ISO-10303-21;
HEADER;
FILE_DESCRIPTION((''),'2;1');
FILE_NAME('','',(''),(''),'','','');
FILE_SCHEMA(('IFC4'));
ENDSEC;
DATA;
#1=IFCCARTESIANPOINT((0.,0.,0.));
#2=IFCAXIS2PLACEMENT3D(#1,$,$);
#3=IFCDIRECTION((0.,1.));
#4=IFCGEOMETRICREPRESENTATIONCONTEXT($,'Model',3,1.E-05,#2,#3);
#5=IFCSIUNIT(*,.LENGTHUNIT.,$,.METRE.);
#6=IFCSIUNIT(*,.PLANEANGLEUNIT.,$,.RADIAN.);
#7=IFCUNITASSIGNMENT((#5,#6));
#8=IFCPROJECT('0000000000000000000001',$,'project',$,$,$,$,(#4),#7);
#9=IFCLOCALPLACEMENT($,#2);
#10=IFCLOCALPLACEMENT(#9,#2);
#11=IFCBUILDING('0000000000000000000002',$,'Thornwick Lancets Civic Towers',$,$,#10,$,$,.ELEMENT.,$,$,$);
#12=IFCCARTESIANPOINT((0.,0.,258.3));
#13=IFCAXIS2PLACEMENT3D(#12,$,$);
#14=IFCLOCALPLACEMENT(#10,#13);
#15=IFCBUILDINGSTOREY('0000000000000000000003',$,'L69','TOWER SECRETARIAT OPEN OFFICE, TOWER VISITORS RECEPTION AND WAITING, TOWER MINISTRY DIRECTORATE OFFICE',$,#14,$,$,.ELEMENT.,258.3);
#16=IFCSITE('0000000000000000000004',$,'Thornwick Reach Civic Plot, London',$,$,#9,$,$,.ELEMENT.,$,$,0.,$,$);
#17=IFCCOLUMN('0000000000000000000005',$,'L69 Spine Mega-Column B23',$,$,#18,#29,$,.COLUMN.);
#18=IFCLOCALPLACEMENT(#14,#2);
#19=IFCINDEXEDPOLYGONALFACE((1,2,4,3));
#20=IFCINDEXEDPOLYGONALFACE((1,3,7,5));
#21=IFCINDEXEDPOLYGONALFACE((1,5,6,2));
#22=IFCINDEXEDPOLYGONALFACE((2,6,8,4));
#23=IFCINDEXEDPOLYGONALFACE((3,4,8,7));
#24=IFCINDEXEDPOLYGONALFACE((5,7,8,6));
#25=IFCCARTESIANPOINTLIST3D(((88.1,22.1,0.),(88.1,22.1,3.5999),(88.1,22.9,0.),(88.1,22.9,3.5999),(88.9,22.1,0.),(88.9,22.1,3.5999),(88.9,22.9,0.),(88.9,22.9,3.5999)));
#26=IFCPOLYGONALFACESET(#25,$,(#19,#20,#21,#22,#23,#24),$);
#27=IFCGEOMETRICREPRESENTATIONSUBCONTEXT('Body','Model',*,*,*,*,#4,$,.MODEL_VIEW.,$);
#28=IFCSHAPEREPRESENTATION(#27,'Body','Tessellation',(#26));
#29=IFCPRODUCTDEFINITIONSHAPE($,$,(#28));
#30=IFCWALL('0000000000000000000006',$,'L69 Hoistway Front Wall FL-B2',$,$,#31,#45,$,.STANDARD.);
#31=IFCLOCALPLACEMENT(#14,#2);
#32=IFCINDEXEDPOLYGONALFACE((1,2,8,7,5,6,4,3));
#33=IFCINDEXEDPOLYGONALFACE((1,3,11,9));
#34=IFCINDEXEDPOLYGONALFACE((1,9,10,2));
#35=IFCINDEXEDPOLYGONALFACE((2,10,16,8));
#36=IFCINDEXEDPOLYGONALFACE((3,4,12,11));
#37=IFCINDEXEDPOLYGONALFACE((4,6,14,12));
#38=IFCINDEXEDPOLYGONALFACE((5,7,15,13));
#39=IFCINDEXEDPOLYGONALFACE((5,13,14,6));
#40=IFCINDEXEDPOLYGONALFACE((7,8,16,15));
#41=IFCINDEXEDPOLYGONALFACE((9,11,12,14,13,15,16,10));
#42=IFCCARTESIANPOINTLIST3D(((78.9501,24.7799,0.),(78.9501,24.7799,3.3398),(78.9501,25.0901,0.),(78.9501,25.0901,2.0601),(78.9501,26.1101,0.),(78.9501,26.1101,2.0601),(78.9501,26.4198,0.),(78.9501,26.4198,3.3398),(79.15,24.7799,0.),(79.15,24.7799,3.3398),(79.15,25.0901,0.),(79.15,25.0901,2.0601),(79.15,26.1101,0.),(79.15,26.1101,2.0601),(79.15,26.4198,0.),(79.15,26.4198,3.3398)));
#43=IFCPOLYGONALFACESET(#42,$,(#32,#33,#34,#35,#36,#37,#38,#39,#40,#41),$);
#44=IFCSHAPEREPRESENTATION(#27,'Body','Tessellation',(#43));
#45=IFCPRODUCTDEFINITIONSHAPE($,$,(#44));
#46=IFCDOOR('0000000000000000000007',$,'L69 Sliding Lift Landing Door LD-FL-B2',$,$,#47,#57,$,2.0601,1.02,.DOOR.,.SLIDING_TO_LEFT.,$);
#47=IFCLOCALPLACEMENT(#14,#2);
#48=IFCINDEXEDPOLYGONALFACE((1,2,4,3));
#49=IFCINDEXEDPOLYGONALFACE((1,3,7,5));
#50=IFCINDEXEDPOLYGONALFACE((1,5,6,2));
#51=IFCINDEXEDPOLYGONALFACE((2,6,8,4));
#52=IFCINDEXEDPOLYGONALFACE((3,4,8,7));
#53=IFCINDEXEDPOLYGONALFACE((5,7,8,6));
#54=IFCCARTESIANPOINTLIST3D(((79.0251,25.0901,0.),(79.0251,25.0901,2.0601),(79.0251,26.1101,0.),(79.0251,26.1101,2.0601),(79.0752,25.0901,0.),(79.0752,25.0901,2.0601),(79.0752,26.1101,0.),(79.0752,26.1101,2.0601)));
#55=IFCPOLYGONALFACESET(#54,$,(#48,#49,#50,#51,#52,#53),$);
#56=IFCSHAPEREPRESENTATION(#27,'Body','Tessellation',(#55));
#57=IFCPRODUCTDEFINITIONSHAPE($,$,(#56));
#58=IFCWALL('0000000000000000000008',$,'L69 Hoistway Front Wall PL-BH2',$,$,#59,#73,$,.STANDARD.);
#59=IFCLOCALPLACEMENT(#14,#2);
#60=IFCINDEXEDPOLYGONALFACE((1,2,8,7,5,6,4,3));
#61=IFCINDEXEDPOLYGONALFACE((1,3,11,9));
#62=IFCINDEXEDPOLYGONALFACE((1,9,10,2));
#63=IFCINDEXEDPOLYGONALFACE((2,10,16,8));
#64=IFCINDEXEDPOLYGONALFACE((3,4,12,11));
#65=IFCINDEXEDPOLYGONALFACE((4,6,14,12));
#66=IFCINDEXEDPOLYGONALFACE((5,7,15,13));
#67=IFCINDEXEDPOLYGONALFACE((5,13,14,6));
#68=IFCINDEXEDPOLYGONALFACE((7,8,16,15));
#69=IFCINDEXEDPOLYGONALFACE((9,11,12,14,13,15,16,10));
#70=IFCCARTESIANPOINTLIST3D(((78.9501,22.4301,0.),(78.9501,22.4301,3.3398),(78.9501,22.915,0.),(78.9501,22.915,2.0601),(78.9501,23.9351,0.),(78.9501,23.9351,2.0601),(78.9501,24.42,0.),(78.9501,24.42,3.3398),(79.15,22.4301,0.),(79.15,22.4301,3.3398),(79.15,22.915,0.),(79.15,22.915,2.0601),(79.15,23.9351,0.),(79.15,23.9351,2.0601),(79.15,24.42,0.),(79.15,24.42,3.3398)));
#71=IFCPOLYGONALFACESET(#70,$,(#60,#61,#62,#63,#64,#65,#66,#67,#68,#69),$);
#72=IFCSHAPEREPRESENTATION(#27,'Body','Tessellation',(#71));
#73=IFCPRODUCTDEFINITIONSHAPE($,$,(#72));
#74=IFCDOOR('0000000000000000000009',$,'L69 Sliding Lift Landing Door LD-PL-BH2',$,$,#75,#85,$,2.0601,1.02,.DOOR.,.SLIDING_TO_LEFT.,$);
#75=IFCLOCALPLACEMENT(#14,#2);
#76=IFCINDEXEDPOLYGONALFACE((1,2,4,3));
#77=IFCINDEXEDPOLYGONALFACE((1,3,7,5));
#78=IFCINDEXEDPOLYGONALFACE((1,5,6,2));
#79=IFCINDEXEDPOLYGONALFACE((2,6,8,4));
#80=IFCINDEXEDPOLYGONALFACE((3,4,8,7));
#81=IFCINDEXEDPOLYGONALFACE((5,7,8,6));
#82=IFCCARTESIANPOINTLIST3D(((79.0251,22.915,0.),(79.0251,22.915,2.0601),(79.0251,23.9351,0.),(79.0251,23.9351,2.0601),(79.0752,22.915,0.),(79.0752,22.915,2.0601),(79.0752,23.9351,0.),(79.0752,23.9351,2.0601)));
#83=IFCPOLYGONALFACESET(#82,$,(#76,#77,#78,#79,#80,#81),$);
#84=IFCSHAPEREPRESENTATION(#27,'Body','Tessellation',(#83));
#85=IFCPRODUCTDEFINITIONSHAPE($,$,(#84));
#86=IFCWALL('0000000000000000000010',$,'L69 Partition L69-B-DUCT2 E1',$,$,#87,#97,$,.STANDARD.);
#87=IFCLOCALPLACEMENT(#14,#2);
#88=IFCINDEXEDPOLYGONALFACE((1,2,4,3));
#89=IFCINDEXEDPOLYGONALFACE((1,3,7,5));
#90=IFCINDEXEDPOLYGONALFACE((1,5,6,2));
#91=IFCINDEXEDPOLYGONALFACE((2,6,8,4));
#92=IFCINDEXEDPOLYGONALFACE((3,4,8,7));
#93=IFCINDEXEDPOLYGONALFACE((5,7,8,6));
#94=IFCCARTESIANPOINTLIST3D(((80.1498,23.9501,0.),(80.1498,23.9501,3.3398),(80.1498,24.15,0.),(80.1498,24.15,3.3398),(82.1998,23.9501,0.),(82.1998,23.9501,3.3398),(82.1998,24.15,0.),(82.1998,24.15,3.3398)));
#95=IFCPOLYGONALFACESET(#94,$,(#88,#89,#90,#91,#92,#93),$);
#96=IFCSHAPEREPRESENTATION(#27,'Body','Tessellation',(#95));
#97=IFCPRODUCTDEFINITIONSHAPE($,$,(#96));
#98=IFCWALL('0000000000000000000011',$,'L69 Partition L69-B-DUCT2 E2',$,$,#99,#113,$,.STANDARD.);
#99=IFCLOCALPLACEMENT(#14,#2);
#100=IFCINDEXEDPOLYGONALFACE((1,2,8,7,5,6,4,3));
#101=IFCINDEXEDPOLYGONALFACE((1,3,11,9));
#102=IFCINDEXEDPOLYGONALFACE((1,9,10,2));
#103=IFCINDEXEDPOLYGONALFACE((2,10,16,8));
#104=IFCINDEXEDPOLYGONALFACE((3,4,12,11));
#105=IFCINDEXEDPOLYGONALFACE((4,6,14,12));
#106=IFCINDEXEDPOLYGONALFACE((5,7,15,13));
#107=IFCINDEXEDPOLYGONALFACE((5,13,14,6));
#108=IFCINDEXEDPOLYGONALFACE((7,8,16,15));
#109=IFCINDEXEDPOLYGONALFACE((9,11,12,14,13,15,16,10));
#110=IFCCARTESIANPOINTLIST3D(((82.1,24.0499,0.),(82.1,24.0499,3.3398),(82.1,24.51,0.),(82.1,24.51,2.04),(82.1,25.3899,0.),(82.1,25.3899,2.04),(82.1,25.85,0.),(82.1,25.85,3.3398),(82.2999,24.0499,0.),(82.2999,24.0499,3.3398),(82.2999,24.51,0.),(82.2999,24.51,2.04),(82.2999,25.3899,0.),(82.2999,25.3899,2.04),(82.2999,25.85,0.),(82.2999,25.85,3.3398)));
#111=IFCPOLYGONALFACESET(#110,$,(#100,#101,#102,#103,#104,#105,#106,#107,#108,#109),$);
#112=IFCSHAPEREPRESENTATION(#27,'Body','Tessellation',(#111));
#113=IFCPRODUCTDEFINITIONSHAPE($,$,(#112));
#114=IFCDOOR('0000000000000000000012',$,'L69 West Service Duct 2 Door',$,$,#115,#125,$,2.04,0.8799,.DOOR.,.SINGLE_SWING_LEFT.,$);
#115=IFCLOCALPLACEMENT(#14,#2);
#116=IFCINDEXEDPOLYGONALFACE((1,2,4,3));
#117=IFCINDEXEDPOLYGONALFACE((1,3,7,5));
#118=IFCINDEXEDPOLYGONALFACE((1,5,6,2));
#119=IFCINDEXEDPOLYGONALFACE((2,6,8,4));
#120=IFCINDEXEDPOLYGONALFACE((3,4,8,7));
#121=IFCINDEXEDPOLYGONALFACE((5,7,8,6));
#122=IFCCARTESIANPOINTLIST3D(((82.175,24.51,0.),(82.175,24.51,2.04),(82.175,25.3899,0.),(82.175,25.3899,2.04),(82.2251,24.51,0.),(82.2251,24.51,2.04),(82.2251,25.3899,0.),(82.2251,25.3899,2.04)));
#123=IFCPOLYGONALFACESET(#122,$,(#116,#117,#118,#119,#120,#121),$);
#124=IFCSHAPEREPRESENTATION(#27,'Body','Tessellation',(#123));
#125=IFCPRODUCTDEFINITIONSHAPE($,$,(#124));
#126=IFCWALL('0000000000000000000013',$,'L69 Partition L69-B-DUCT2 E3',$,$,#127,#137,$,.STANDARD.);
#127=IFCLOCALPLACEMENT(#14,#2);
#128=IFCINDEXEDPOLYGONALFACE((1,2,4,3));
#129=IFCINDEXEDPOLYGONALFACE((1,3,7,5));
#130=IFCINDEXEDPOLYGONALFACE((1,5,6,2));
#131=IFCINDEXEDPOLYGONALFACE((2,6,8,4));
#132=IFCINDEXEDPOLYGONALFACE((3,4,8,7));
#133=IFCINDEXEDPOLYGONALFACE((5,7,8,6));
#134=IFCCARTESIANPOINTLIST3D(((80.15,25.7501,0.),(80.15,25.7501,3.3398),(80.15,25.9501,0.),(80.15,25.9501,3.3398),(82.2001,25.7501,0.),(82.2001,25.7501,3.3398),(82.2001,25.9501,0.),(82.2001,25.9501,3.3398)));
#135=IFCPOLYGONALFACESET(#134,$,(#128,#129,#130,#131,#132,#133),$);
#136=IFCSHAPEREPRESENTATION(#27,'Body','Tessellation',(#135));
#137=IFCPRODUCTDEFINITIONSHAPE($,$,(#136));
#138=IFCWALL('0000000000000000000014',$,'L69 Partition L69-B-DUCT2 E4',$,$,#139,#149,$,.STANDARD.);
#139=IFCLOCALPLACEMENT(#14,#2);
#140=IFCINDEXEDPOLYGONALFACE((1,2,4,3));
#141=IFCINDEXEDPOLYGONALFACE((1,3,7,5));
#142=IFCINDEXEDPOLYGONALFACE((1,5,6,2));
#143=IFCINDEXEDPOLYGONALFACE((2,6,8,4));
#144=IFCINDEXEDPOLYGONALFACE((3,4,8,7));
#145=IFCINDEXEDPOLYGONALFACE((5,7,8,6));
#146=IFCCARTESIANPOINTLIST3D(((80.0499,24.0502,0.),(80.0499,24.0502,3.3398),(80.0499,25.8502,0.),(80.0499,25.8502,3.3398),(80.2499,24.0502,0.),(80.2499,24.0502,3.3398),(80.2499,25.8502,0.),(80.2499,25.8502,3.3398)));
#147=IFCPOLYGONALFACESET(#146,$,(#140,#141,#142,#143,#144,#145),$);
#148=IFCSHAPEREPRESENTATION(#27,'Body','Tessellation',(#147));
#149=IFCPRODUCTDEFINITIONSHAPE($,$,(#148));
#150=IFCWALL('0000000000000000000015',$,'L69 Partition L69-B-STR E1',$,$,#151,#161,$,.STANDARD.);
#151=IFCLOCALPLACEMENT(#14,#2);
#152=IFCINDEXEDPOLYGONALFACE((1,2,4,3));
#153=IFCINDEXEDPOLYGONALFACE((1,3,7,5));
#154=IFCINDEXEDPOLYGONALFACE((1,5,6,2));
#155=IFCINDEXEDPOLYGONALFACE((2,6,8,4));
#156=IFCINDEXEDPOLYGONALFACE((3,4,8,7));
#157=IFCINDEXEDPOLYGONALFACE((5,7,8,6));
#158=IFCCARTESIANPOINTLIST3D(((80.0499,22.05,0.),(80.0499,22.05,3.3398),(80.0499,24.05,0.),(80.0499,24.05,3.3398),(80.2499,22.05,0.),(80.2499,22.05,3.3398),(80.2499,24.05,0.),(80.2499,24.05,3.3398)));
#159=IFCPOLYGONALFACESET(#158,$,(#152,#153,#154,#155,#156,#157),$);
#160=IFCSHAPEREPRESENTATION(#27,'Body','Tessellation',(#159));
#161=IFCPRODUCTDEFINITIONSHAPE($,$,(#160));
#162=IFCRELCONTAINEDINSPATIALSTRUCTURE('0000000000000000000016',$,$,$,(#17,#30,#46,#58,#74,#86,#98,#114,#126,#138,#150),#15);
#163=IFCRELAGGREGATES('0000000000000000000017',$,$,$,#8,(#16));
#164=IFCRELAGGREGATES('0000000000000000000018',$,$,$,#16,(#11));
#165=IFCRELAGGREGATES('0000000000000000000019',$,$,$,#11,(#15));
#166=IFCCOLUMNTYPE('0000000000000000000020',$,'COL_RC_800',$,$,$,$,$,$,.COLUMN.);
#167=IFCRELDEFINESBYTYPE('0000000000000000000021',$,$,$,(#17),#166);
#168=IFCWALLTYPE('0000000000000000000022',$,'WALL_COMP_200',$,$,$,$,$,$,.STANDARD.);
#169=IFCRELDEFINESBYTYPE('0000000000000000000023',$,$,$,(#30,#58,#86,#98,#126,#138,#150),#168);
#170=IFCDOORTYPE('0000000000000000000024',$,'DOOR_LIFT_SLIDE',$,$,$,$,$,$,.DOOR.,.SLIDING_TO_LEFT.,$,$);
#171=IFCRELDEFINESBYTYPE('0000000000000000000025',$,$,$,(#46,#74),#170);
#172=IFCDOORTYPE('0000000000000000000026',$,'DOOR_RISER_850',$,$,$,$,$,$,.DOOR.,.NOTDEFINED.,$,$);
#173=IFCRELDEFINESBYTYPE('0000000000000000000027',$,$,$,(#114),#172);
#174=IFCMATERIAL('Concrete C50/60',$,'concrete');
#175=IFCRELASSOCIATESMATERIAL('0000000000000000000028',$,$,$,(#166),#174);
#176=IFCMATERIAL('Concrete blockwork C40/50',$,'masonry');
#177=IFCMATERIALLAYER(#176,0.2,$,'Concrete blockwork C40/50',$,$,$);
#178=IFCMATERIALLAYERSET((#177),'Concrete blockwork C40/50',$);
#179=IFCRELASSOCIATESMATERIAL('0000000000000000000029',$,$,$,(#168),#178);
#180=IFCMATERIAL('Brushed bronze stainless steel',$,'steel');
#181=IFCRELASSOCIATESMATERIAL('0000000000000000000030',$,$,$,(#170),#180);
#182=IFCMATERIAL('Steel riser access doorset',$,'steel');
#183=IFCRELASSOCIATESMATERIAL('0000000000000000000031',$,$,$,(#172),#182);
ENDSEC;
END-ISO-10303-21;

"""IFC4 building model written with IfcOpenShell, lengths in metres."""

from ifc_helpers import new_model, si_unit, direction, frame, frame_2d, origin, origin_2d, place, context, subcontext, project, spatial, rectangle, extrude, material, layer, layer_set, material_profile, profile_set, type_object, element, fill, save


model = new_model("IFC4")

# Units and contexts
model_context = context("Model", 3, precision=1e-05, world=origin(), true_north=direction((0.0, 1.0)))
body_context = subcontext(model_context, "Body", "Model", "MODEL_VIEW")
ifc_project = project(units=[si_unit("LENGTHUNIT", "METRE"), si_unit("PLANEANGLEUNIT", "RADIAN")], contexts=[model_context])

# Site, building, storey
site_placement = place(None, origin())
site = spatial("IfcSite", under=ifc_project, at=site_placement, Name="Thornwick Reach Civic Plot, London", CompositionType="ELEMENT", RefElevation=0.0)
building_placement = place(site_placement, origin())
building = spatial("IfcBuilding", under=site, at=building_placement, Name="Thornwick Lancets Civic Towers", CompositionType="ELEMENT")
storey_placement = place(building_placement, frame((0.0, 0.0, 258.3)))
storey = spatial("IfcBuildingStorey", under=building, at=storey_placement, Name="L69", Description="TOWER SECRETARIAT OPEN OFFICE, TOWER VISITORS RECEPTION AND WAITING, TOWER MINISTRY DIRECTORATE OFFICE", CompositionType="ELEMENT", Elevation=258.3)

# Column
ifc_material_1 = material(Name="Concrete C50/60", Category="concrete")
ifc_material_profile = material_profile(ifc_material_1, rectangle(XDim=0.8, YDim=0.8, at=origin_2d()), Name="RC 800x800")
ifc_profile_set = profile_set([ifc_material_profile], Name="Concrete C50/60")
column_type = type_object("IfcColumnType", Name="COL_RC_800", PredefinedType="COLUMN", material=ifc_profile_set)
column_placement = place(storey_placement, frame((88.5, 22.5, 0.0), z_axis=(0.0, 0.0, 1.0), x_axis=(1.0, 0.0, 0.0)))
element("IfcColumn", 1, at=column_placement, inside=storey, type_object=column_type, Name="L69 Spine Mega-Column B23", PredefinedType="COLUMN", context=body_context, shape_type="SweptSolid", body=[
    extrude(rectangle(XDim=0.8, YDim=0.8, at=origin_2d()), origin(), (0.0, 0.0, 1.0), 3.5999),
])

# Walls, openings, doors
ifc_material_2 = material(Name="Concrete blockwork C40/50", Category="masonry")
ifc_layer_1 = layer(ifc_material_2, 0.2, Name="Concrete blockwork C40/50")
ifc_layer_set_1 = layer_set([ifc_layer_1], Name="Concrete blockwork C40/50")
wall_type_1 = type_object("IfcWallType", Name="WALL_COMP_200", PredefinedType="STANDARD", material=ifc_layer_set_1)
wall_1_placement = place(storey_placement, frame((79.05, 24.78, 0.0), z_axis=(0.0, 0.0, 1.0), x_axis=(0.0, 1.0, 0.0)))
wall_1 = element("IfcWall", 2, at=wall_1_placement, inside=storey, type_object=wall_type_1, Name="L69 Hoistway Front Wall FL-B2", PredefinedType="STANDARD", context=body_context, shape_type="SweptSolid", body=[
    extrude(rectangle(XDim=1.6399, YDim=0.2, at=frame_2d((0.8198, 0.0))), origin(), (0.0, 0.0, 1.0), 3.3398),
])
opening_1_placement = place(wall_1_placement, frame((0.3101, 0.0, 0.0)))
opening_1 = element("IfcOpeningElement", 3, at=opening_1_placement, cuts=wall_1, PredefinedType="OPENING", context=body_context, shape_type="SweptSolid", body=[
    extrude(rectangle(XDim=1.02, YDim=2.0601, at=frame_2d((0.51, 1.03))), frame((0.0, 0.1099, 0.0), z_axis=(0.0, -1.0, 0.0), x_axis=(1.0, 0.0, 0.0)), (0.0, 0.0, 1.0), 0.22),
])
ifc_material_3 = material(Name="Brushed bronze stainless steel", Category="steel")
door_type_1 = type_object("IfcDoorType", Name="DOOR_LIFT_SLIDE", OperationType="SLIDING_TO_LEFT", PredefinedType="DOOR", material=ifc_material_3)
door_1_placement = place(opening_1_placement, origin())
door_1 = element("IfcDoor", 4, at=door_1_placement, inside=storey, type_object=door_type_1, Name="L69 Sliding Lift Landing Door LD-FL-B2", OperationType="SLIDING_TO_LEFT", OverallHeight=2.0601, OverallWidth=1.02, PredefinedType="DOOR", context=body_context, shape_type="SweptSolid", body=[
    extrude(rectangle(XDim=1.02, YDim=2.0601, at=frame_2d((0.51, 1.03))), frame((0.0, 0.0249, 0.0), z_axis=(0.0, -1.0, 0.0), x_axis=(1.0, 0.0, 0.0)), (0.0, 0.0, 1.0), 0.05),
])
fill(opening_1, door_1)
wall_2_placement = place(storey_placement, frame((79.05, 22.4299, 0.0), z_axis=(0.0, 0.0, 1.0), x_axis=(0.0, 1.0, 0.0)))
wall_2 = element("IfcWall", 5, at=wall_2_placement, inside=storey, type_object=wall_type_1, Name="L69 Hoistway Front Wall PL-BH2", PredefinedType="STANDARD", context=body_context, shape_type="SweptSolid", body=[
    extrude(rectangle(XDim=1.99, YDim=0.2, at=frame_2d((0.9951, 0.0))), origin(), (0.0, 0.0, 1.0), 3.3398),
])
opening_2_placement = place(wall_2_placement, frame((0.4851, 0.0, 0.0)))
opening_2 = element("IfcOpeningElement", 6, at=opening_2_placement, cuts=wall_2, PredefinedType="OPENING", context=body_context, shape_type="SweptSolid", body=[
    extrude(rectangle(XDim=1.02, YDim=2.0601, at=frame_2d((0.51, 1.03))), frame((0.0, 0.1099, 0.0), z_axis=(0.0, -1.0, 0.0), x_axis=(1.0, 0.0, 0.0)), (0.0, 0.0, 1.0), 0.22),
])
door_2_placement = place(opening_2_placement, origin())
door_2 = element("IfcDoor", 7, at=door_2_placement, inside=storey, type_object=door_type_1, Name="L69 Sliding Lift Landing Door LD-PL-BH2", OperationType="SLIDING_TO_LEFT", OverallHeight=2.0601, OverallWidth=1.02, PredefinedType="DOOR", context=body_context, shape_type="SweptSolid", body=[
    extrude(rectangle(XDim=1.02, YDim=2.0601, at=frame_2d((0.51, 1.03))), frame((0.0, 0.0249, 0.0), z_axis=(0.0, -1.0, 0.0), x_axis=(1.0, 0.0, 0.0)), (0.0, 0.0, 1.0), 0.05),
])
fill(opening_2, door_2)

# Wall
wall_3_placement = place(storey_placement, frame((80.1499, 24.05, 0.0), z_axis=(0.0, 0.0, 1.0), x_axis=(1.0, 0.0, 0.0)))
element("IfcWall", 8, at=wall_3_placement, inside=storey, type_object=wall_type_1, Name="L69 Partition L69-B-DUCT2 E1", PredefinedType="STANDARD", context=body_context, shape_type="SweptSolid", body=[
    extrude(rectangle(XDim=2.05, YDim=0.2, at=frame_2d((1.0249, 0.0))), origin(), (0.0, 0.0, 1.0), 3.3398),
])

# Wall, opening, door
wall_4_placement = place(storey_placement, frame((82.2, 24.05, 0.0), z_axis=(0.0, 0.0, 1.0), x_axis=(0.0, 1.0, 0.0)))
wall_4 = element("IfcWall", 9, at=wall_4_placement, inside=storey, type_object=wall_type_1, Name="L69 Partition L69-B-DUCT2 E2", PredefinedType="STANDARD", context=body_context, shape_type="SweptSolid", body=[
    extrude(rectangle(XDim=1.8, YDim=0.2, at=frame_2d((0.8999, 0.0))), origin(), (0.0, 0.0, 1.0), 3.3398),
])
opening_3_placement = place(wall_4_placement, frame((0.46, 0.0, 0.0)))
opening_3 = element("IfcOpeningElement", 10, at=opening_3_placement, cuts=wall_4, PredefinedType="OPENING", context=body_context, shape_type="SweptSolid", body=[
    extrude(rectangle(XDim=0.8799, YDim=2.04, at=frame_2d((0.4399, 1.02))), frame((0.0, 0.1099, 0.0), z_axis=(0.0, -1.0, 0.0), x_axis=(1.0, 0.0, 0.0)), (0.0, 0.0, 1.0), 0.22),
])
ifc_material_4 = material(Name="Steel riser access doorset", Category="steel")
door_type_2 = type_object("IfcDoorType", Name="DOOR_RISER_850", OperationType="NOTDEFINED", PredefinedType="DOOR", material=ifc_material_4)
door_3_placement = place(opening_3_placement, origin())
door_3 = element("IfcDoor", 11, at=door_3_placement, inside=storey, type_object=door_type_2, Name="L69 West Service Duct 2 Door", OperationType="SINGLE_SWING_LEFT", OverallHeight=2.04, OverallWidth=0.8799, PredefinedType="DOOR", context=body_context, shape_type="SweptSolid", body=[
    extrude(rectangle(XDim=0.8799, YDim=2.04, at=frame_2d((0.4399, 1.02))), frame((0.0, 0.0249, 0.0), z_axis=(0.0, -1.0, 0.0), x_axis=(1.0, 0.0, 0.0)), (0.0, 0.0, 1.0), 0.05),
])
fill(opening_3, door_3)

# Walls
wall_5_placement = place(storey_placement, frame((82.2, 25.8501, 0.0), z_axis=(0.0, 0.0, 1.0), x_axis=(-1.0, 0.0, 0.0)))
element("IfcWall", 12, at=wall_5_placement, inside=storey, type_object=wall_type_1, Name="L69 Partition L69-B-DUCT2 E3", PredefinedType="STANDARD", context=body_context, shape_type="SweptSolid", body=[
    extrude(rectangle(XDim=2.05, YDim=0.2, at=frame_2d((1.0249, 0.0))), origin(), (0.0, 0.0, 1.0), 3.3398),
])
wall_6_placement = place(storey_placement, frame((80.1499, 25.8501, 0.0), z_axis=(0.0, 0.0, 1.0), x_axis=(0.0, -1.0, 0.0)))
element("IfcWall", 13, at=wall_6_placement, inside=storey, type_object=wall_type_1, Name="L69 Partition L69-B-DUCT2 E4", PredefinedType="STANDARD", context=body_context, shape_type="SweptSolid", body=[
    extrude(rectangle(XDim=1.8, YDim=0.2, at=frame_2d((0.8999, 0.0))), origin(), (0.0, 0.0, 1.0), 3.3398),
])
wall_7_placement = place(storey_placement, frame((80.1499, 22.05, 0.0), z_axis=(0.0, 0.0, 1.0), x_axis=(0.0, 1.0, 0.0)))
element("IfcWall", 14, at=wall_7_placement, inside=storey, type_object=wall_type_1, Name="L69 Partition L69-B-STR E1", PredefinedType="STANDARD", context=body_context, shape_type="SweptSolid", body=[
    extrude(rectangle(XDim=2.0, YDim=0.2, at=frame_2d((1.0, 0.0))), origin(), (0.0, 0.0, 1.0), 3.3398),
])

save(model, "model.ifc")
